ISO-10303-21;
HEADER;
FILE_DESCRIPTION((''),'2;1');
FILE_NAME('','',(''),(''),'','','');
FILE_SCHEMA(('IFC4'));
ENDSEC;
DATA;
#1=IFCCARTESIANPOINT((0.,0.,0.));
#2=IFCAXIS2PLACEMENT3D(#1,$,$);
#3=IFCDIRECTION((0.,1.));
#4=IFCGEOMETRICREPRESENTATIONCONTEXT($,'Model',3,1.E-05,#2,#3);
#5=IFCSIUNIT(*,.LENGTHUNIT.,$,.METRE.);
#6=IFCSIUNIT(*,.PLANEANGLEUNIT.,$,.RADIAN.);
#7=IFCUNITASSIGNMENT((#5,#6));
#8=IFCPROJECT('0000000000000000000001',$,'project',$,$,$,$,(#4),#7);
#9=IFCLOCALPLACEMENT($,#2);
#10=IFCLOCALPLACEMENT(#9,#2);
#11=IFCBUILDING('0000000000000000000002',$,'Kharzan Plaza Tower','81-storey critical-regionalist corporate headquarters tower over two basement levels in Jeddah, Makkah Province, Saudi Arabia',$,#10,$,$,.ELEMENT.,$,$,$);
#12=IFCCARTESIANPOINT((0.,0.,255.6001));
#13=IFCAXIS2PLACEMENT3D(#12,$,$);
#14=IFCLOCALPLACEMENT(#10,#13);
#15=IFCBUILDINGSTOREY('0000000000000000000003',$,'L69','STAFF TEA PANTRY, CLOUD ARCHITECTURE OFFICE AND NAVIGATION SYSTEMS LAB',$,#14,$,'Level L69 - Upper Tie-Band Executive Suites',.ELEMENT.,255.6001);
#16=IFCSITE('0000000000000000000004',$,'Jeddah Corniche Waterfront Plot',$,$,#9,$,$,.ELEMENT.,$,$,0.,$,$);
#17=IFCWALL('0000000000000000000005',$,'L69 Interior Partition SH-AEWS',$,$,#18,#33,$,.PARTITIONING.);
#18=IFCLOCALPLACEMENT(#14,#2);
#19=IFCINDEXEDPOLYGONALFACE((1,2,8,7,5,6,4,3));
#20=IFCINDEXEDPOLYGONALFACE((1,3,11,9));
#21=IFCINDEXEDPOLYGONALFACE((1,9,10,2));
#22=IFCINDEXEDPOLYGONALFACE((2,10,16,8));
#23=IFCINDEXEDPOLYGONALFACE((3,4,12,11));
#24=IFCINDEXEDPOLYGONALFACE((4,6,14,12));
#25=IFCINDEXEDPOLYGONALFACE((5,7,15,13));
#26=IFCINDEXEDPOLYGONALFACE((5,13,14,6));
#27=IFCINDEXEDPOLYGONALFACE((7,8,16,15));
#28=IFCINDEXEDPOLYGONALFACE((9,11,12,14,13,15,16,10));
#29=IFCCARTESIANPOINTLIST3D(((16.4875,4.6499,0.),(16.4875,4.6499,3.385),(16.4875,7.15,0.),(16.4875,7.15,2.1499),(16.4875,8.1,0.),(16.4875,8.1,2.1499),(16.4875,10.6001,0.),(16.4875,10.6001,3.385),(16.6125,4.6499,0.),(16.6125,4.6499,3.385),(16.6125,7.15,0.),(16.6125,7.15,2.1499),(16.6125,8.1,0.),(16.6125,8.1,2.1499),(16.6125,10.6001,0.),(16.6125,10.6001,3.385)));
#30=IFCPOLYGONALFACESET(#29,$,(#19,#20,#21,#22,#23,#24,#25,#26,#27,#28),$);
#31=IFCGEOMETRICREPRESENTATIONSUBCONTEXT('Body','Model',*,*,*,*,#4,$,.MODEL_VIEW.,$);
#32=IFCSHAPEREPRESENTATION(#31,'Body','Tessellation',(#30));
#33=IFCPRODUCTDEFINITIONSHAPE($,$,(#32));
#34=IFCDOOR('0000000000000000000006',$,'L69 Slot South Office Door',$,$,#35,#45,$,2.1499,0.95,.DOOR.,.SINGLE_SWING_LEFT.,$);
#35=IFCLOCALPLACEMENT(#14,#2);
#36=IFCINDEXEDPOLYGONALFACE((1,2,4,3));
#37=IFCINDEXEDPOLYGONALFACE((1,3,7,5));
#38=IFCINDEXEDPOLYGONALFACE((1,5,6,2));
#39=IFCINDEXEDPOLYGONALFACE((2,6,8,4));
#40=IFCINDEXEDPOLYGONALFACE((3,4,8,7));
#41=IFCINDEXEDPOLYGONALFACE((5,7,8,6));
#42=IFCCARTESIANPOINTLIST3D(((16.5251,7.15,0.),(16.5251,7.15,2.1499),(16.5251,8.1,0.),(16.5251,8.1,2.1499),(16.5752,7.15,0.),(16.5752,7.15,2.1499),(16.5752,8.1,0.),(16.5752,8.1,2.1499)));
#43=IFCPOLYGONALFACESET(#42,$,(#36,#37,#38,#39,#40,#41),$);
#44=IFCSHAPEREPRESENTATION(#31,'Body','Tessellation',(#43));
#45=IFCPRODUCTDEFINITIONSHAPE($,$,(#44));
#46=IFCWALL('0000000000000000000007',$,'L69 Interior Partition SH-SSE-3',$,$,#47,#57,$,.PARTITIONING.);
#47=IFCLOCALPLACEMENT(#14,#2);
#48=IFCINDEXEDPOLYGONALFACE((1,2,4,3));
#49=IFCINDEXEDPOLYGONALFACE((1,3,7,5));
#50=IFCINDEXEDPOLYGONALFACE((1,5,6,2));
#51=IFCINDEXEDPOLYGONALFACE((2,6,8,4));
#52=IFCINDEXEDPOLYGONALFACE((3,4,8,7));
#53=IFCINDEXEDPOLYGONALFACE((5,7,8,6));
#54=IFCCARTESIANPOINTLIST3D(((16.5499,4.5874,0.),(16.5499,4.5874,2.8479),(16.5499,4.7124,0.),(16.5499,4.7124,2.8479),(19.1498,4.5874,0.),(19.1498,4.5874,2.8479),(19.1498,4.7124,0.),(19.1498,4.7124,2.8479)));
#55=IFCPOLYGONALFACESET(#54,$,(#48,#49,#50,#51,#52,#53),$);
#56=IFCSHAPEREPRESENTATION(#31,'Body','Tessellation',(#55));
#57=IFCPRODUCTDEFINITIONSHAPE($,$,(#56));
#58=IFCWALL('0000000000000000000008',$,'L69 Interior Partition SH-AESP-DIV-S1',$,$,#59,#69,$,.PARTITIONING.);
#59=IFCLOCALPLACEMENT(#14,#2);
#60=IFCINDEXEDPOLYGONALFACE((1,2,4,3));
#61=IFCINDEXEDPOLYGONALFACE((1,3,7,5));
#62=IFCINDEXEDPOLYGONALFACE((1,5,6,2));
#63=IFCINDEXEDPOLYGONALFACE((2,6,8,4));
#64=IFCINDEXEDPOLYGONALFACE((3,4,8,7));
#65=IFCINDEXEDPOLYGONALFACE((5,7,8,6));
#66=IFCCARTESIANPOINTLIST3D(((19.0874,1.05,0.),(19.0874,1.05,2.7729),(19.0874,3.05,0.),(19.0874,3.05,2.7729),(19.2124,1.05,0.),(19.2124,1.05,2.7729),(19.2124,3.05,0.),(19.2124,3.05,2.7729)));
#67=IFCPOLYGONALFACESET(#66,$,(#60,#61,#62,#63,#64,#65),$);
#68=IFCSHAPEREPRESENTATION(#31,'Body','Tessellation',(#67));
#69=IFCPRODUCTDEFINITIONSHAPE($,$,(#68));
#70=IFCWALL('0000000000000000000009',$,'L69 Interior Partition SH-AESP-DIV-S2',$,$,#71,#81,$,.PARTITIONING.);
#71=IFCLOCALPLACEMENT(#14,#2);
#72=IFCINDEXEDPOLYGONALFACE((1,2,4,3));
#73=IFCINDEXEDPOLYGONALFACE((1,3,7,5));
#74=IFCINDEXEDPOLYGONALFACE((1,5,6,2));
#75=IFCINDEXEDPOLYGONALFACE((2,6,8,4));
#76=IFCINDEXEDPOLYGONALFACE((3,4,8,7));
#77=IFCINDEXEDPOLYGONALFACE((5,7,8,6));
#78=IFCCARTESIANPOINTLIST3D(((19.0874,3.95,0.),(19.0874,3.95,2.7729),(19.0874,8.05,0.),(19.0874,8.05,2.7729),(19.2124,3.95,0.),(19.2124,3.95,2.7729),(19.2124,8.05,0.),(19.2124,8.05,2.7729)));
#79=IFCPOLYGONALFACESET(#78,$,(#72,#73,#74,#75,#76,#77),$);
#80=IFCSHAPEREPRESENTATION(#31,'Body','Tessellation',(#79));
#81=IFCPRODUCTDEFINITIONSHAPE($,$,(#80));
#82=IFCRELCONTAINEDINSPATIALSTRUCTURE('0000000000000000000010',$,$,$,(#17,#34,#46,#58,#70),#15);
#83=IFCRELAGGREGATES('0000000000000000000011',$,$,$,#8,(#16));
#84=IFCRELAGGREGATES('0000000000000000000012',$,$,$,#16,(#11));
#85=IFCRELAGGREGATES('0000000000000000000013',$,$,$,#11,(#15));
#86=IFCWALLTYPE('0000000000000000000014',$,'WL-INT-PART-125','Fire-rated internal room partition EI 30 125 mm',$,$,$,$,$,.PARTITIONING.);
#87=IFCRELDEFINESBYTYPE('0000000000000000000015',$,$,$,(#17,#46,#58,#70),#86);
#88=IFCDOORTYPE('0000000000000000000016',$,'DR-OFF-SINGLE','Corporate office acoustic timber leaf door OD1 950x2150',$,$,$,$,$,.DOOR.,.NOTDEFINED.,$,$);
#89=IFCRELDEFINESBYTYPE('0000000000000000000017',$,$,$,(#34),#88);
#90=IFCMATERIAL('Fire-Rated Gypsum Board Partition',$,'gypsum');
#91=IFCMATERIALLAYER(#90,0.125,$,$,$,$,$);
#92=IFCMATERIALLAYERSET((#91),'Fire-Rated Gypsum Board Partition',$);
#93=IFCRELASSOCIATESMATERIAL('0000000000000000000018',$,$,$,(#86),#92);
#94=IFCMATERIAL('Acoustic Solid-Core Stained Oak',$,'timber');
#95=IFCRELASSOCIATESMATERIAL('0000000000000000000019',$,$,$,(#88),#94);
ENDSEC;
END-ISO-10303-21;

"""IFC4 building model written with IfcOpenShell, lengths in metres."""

from ifc_helpers import new_model, si_unit, direction, frame, frame_2d, origin, place, context, subcontext, project, spatial, rectangle, extrude, source, transform, mapped, material, layer, layer_set, type_object, element, fill, save


model = new_model("IFC4")

# Units and contexts
model_context = context("Model", 3, precision=1e-05, world=origin(), true_north=direction((0.0, 1.0)))
body_context = subcontext(model_context, "Body", "Model", "MODEL_VIEW")
ifc_project = project(units=[si_unit("LENGTHUNIT", "METRE"), si_unit("PLANEANGLEUNIT", "RADIAN")], contexts=[model_context])

# Site, building, storey
site_placement = place(None, origin())
site = spatial("IfcSite", under=ifc_project, at=site_placement, Name="Jeddah Corniche Waterfront Plot", CompositionType="ELEMENT", RefElevation=0.0)
building_placement = place(site_placement, origin())
building = spatial("IfcBuilding", under=site, at=building_placement, Name="Kharzan Plaza Tower", Description="81-storey critical-regionalist corporate headquarters tower over two basement levels in Jeddah, Makkah Province, Saudi Arabia", CompositionType="ELEMENT")
storey_placement = place(building_placement, frame((0.0, 0.0, 255.6001)))
storey = spatial("IfcBuildingStorey", under=building, at=storey_placement, Name="L69", Description="STAFF TEA PANTRY, CLOUD ARCHITECTURE OFFICE AND NAVIGATION SYSTEMS LAB", LongName="Level L69 - Upper Tie-Band Executive Suites", CompositionType="ELEMENT", Elevation=255.6001)

# Wall, opening, door
ifc_material_1 = material(Name="Fire-Rated Gypsum Board Partition", Category="gypsum")
ifc_layer_1 = layer(ifc_material_1, 0.125)
ifc_layer_set_1 = layer_set([ifc_layer_1], Name="Fire-Rated Gypsum Board Partition")
wall_type_1 = type_object("IfcWallType", Name="WL-INT-PART-125", Description="Fire-rated internal room partition EI 30 125 mm", PredefinedType="PARTITIONING", material=ifc_layer_set_1)
wall_1_placement = place(storey_placement, frame((16.55, 4.6499, 0.0), z_axis=(0.0, 0.0, 1.0), x_axis=(0.0, 1.0, 0.0)))
wall_1 = element("IfcWall", 1, at=wall_1_placement, inside=storey, type_object=wall_type_1, Name="L69 Interior Partition SH-AEWS", PredefinedType="PARTITIONING", context=body_context, shape_type="SweptSolid", body=[
    extrude(rectangle(XDim=5.9502, YDim=0.125, at=frame_2d((2.9751, 0.0))), origin(), (0.0, 0.0, 1.0), 3.385),
])
opening_1_placement = place(wall_1_placement, frame((2.5, 0.0, 0.0)))
opening_1 = element("IfcOpeningElement", 2, at=opening_1_placement, cuts=wall_1, PredefinedType="OPENING", context=body_context, shape_type="SweptSolid", body=[
    extrude(rectangle(XDim=0.95, YDim=2.1499, at=frame_2d((0.4751, 1.075))), frame((0.0, 0.0725, 0.0), z_axis=(0.0, -1.0, 0.0), x_axis=(1.0, 0.0, 0.0)), (0.0, 0.0, 1.0), 0.145),
])
ifc_material_2 = material(Name="Acoustic Solid-Core Stained Oak", Category="timber")
door_type = type_object("IfcDoorType", Name="DR-OFF-SINGLE", Description="Corporate office acoustic timber leaf door OD1 950x2150", OperationType="NOTDEFINED", PredefinedType="DOOR", material=ifc_material_2)
shared_shape_1 = source(origin(), body_context, "Body", "SweptSolid", [
    extrude(rectangle(XDim=0.95, YDim=2.1499, at=frame_2d((0.4751, 1.075))), frame((0.0, 0.0249, 0.0), z_axis=(0.0, -1.0, 0.0), x_axis=(1.0, 0.0, 0.0)), (0.0, 0.0, 1.0), 0.05),
])
door_placement = place(opening_1_placement, origin())
door = element("IfcDoor", 3, at=door_placement, inside=storey, type_object=door_type, Name="L69 Slot South Office Door", OperationType="SINGLE_SWING_LEFT", OverallHeight=2.1499, OverallWidth=0.95, PredefinedType="DOOR", context=body_context, shape_type="MappedRepresentation", body=[
    mapped(shared_shape_1, transform((0.0, 0.0, 0.0), x_axis=(1.0, 0.0, 0.0), y_axis=(0.0, 1.0, 0.0), z_axis=(0.0, 0.0, 1.0))),
])
fill(opening_1, door)

# Walls
shared_shape_2 = source(origin(), body_context, "Body", "SweptSolid", [
    extrude(rectangle(XDim=2.5999, YDim=0.125, at=frame_2d((1.2998, 0.0))), origin(), (0.0, 0.0, 1.0), 2.8479),
])
wall_2_placement = place(storey_placement, frame((16.55, 4.6499, 0.0), z_axis=(0.0, 0.0, 1.0), x_axis=(1.0, 0.0, 0.0)))
element("IfcWall", 4, at=wall_2_placement, inside=storey, type_object=wall_type_1, Name="L69 Interior Partition SH-SSE-3", PredefinedType="PARTITIONING", context=body_context, shape_type="MappedRepresentation", body=[
    mapped(shared_shape_2, transform((0.0, 0.0, 0.0), x_axis=(1.0, 0.0, 0.0), y_axis=(0.0, 1.0, 0.0), z_axis=(0.0, 0.0, 1.0))),
])
shared_shape_3 = source(origin(), body_context, "Body", "SweptSolid", [
    extrude(rectangle(XDim=2.0, YDim=0.125, at=frame_2d((1.0, 0.0))), origin(), (0.0, 0.0, 1.0), 2.7729),
])
wall_3_placement = place(storey_placement, frame((19.1499, 1.05, 0.0), z_axis=(0.0, 0.0, 1.0), x_axis=(0.0, 1.0, 0.0)))
element("IfcWall", 5, at=wall_3_placement, inside=storey, type_object=wall_type_1, Name="L69 Interior Partition SH-AESP-DIV-S1", PredefinedType="PARTITIONING", context=body_context, shape_type="MappedRepresentation", body=[
    mapped(shared_shape_3, transform((0.0, 0.0, 0.0), x_axis=(1.0, 0.0, 0.0), y_axis=(0.0, 1.0, 0.0), z_axis=(0.0, 0.0, 1.0))),
])
shared_shape_4 = source(origin(), body_context, "Body", "SweptSolid", [
    extrude(rectangle(XDim=4.1001, YDim=0.125, at=frame_2d((2.05, 0.0))), origin(), (0.0, 0.0, 1.0), 2.7729),
])
wall_4_placement = place(storey_placement, frame((19.1499, 3.95, 0.0), z_axis=(0.0, 0.0, 1.0), x_axis=(0.0, 1.0, 0.0)))
element("IfcWall", 6, at=wall_4_placement, inside=storey, type_object=wall_type_1, Name="L69 Interior Partition SH-AESP-DIV-S2", PredefinedType="PARTITIONING", context=body_context, shape_type="MappedRepresentation", body=[
    mapped(shared_shape_4, transform((0.0, 0.0, 0.0), x_axis=(1.0, 0.0, 0.0), y_axis=(0.0, 1.0, 0.0), z_axis=(0.0, 0.0, 1.0))),
])

save(model, "model.ifc")
